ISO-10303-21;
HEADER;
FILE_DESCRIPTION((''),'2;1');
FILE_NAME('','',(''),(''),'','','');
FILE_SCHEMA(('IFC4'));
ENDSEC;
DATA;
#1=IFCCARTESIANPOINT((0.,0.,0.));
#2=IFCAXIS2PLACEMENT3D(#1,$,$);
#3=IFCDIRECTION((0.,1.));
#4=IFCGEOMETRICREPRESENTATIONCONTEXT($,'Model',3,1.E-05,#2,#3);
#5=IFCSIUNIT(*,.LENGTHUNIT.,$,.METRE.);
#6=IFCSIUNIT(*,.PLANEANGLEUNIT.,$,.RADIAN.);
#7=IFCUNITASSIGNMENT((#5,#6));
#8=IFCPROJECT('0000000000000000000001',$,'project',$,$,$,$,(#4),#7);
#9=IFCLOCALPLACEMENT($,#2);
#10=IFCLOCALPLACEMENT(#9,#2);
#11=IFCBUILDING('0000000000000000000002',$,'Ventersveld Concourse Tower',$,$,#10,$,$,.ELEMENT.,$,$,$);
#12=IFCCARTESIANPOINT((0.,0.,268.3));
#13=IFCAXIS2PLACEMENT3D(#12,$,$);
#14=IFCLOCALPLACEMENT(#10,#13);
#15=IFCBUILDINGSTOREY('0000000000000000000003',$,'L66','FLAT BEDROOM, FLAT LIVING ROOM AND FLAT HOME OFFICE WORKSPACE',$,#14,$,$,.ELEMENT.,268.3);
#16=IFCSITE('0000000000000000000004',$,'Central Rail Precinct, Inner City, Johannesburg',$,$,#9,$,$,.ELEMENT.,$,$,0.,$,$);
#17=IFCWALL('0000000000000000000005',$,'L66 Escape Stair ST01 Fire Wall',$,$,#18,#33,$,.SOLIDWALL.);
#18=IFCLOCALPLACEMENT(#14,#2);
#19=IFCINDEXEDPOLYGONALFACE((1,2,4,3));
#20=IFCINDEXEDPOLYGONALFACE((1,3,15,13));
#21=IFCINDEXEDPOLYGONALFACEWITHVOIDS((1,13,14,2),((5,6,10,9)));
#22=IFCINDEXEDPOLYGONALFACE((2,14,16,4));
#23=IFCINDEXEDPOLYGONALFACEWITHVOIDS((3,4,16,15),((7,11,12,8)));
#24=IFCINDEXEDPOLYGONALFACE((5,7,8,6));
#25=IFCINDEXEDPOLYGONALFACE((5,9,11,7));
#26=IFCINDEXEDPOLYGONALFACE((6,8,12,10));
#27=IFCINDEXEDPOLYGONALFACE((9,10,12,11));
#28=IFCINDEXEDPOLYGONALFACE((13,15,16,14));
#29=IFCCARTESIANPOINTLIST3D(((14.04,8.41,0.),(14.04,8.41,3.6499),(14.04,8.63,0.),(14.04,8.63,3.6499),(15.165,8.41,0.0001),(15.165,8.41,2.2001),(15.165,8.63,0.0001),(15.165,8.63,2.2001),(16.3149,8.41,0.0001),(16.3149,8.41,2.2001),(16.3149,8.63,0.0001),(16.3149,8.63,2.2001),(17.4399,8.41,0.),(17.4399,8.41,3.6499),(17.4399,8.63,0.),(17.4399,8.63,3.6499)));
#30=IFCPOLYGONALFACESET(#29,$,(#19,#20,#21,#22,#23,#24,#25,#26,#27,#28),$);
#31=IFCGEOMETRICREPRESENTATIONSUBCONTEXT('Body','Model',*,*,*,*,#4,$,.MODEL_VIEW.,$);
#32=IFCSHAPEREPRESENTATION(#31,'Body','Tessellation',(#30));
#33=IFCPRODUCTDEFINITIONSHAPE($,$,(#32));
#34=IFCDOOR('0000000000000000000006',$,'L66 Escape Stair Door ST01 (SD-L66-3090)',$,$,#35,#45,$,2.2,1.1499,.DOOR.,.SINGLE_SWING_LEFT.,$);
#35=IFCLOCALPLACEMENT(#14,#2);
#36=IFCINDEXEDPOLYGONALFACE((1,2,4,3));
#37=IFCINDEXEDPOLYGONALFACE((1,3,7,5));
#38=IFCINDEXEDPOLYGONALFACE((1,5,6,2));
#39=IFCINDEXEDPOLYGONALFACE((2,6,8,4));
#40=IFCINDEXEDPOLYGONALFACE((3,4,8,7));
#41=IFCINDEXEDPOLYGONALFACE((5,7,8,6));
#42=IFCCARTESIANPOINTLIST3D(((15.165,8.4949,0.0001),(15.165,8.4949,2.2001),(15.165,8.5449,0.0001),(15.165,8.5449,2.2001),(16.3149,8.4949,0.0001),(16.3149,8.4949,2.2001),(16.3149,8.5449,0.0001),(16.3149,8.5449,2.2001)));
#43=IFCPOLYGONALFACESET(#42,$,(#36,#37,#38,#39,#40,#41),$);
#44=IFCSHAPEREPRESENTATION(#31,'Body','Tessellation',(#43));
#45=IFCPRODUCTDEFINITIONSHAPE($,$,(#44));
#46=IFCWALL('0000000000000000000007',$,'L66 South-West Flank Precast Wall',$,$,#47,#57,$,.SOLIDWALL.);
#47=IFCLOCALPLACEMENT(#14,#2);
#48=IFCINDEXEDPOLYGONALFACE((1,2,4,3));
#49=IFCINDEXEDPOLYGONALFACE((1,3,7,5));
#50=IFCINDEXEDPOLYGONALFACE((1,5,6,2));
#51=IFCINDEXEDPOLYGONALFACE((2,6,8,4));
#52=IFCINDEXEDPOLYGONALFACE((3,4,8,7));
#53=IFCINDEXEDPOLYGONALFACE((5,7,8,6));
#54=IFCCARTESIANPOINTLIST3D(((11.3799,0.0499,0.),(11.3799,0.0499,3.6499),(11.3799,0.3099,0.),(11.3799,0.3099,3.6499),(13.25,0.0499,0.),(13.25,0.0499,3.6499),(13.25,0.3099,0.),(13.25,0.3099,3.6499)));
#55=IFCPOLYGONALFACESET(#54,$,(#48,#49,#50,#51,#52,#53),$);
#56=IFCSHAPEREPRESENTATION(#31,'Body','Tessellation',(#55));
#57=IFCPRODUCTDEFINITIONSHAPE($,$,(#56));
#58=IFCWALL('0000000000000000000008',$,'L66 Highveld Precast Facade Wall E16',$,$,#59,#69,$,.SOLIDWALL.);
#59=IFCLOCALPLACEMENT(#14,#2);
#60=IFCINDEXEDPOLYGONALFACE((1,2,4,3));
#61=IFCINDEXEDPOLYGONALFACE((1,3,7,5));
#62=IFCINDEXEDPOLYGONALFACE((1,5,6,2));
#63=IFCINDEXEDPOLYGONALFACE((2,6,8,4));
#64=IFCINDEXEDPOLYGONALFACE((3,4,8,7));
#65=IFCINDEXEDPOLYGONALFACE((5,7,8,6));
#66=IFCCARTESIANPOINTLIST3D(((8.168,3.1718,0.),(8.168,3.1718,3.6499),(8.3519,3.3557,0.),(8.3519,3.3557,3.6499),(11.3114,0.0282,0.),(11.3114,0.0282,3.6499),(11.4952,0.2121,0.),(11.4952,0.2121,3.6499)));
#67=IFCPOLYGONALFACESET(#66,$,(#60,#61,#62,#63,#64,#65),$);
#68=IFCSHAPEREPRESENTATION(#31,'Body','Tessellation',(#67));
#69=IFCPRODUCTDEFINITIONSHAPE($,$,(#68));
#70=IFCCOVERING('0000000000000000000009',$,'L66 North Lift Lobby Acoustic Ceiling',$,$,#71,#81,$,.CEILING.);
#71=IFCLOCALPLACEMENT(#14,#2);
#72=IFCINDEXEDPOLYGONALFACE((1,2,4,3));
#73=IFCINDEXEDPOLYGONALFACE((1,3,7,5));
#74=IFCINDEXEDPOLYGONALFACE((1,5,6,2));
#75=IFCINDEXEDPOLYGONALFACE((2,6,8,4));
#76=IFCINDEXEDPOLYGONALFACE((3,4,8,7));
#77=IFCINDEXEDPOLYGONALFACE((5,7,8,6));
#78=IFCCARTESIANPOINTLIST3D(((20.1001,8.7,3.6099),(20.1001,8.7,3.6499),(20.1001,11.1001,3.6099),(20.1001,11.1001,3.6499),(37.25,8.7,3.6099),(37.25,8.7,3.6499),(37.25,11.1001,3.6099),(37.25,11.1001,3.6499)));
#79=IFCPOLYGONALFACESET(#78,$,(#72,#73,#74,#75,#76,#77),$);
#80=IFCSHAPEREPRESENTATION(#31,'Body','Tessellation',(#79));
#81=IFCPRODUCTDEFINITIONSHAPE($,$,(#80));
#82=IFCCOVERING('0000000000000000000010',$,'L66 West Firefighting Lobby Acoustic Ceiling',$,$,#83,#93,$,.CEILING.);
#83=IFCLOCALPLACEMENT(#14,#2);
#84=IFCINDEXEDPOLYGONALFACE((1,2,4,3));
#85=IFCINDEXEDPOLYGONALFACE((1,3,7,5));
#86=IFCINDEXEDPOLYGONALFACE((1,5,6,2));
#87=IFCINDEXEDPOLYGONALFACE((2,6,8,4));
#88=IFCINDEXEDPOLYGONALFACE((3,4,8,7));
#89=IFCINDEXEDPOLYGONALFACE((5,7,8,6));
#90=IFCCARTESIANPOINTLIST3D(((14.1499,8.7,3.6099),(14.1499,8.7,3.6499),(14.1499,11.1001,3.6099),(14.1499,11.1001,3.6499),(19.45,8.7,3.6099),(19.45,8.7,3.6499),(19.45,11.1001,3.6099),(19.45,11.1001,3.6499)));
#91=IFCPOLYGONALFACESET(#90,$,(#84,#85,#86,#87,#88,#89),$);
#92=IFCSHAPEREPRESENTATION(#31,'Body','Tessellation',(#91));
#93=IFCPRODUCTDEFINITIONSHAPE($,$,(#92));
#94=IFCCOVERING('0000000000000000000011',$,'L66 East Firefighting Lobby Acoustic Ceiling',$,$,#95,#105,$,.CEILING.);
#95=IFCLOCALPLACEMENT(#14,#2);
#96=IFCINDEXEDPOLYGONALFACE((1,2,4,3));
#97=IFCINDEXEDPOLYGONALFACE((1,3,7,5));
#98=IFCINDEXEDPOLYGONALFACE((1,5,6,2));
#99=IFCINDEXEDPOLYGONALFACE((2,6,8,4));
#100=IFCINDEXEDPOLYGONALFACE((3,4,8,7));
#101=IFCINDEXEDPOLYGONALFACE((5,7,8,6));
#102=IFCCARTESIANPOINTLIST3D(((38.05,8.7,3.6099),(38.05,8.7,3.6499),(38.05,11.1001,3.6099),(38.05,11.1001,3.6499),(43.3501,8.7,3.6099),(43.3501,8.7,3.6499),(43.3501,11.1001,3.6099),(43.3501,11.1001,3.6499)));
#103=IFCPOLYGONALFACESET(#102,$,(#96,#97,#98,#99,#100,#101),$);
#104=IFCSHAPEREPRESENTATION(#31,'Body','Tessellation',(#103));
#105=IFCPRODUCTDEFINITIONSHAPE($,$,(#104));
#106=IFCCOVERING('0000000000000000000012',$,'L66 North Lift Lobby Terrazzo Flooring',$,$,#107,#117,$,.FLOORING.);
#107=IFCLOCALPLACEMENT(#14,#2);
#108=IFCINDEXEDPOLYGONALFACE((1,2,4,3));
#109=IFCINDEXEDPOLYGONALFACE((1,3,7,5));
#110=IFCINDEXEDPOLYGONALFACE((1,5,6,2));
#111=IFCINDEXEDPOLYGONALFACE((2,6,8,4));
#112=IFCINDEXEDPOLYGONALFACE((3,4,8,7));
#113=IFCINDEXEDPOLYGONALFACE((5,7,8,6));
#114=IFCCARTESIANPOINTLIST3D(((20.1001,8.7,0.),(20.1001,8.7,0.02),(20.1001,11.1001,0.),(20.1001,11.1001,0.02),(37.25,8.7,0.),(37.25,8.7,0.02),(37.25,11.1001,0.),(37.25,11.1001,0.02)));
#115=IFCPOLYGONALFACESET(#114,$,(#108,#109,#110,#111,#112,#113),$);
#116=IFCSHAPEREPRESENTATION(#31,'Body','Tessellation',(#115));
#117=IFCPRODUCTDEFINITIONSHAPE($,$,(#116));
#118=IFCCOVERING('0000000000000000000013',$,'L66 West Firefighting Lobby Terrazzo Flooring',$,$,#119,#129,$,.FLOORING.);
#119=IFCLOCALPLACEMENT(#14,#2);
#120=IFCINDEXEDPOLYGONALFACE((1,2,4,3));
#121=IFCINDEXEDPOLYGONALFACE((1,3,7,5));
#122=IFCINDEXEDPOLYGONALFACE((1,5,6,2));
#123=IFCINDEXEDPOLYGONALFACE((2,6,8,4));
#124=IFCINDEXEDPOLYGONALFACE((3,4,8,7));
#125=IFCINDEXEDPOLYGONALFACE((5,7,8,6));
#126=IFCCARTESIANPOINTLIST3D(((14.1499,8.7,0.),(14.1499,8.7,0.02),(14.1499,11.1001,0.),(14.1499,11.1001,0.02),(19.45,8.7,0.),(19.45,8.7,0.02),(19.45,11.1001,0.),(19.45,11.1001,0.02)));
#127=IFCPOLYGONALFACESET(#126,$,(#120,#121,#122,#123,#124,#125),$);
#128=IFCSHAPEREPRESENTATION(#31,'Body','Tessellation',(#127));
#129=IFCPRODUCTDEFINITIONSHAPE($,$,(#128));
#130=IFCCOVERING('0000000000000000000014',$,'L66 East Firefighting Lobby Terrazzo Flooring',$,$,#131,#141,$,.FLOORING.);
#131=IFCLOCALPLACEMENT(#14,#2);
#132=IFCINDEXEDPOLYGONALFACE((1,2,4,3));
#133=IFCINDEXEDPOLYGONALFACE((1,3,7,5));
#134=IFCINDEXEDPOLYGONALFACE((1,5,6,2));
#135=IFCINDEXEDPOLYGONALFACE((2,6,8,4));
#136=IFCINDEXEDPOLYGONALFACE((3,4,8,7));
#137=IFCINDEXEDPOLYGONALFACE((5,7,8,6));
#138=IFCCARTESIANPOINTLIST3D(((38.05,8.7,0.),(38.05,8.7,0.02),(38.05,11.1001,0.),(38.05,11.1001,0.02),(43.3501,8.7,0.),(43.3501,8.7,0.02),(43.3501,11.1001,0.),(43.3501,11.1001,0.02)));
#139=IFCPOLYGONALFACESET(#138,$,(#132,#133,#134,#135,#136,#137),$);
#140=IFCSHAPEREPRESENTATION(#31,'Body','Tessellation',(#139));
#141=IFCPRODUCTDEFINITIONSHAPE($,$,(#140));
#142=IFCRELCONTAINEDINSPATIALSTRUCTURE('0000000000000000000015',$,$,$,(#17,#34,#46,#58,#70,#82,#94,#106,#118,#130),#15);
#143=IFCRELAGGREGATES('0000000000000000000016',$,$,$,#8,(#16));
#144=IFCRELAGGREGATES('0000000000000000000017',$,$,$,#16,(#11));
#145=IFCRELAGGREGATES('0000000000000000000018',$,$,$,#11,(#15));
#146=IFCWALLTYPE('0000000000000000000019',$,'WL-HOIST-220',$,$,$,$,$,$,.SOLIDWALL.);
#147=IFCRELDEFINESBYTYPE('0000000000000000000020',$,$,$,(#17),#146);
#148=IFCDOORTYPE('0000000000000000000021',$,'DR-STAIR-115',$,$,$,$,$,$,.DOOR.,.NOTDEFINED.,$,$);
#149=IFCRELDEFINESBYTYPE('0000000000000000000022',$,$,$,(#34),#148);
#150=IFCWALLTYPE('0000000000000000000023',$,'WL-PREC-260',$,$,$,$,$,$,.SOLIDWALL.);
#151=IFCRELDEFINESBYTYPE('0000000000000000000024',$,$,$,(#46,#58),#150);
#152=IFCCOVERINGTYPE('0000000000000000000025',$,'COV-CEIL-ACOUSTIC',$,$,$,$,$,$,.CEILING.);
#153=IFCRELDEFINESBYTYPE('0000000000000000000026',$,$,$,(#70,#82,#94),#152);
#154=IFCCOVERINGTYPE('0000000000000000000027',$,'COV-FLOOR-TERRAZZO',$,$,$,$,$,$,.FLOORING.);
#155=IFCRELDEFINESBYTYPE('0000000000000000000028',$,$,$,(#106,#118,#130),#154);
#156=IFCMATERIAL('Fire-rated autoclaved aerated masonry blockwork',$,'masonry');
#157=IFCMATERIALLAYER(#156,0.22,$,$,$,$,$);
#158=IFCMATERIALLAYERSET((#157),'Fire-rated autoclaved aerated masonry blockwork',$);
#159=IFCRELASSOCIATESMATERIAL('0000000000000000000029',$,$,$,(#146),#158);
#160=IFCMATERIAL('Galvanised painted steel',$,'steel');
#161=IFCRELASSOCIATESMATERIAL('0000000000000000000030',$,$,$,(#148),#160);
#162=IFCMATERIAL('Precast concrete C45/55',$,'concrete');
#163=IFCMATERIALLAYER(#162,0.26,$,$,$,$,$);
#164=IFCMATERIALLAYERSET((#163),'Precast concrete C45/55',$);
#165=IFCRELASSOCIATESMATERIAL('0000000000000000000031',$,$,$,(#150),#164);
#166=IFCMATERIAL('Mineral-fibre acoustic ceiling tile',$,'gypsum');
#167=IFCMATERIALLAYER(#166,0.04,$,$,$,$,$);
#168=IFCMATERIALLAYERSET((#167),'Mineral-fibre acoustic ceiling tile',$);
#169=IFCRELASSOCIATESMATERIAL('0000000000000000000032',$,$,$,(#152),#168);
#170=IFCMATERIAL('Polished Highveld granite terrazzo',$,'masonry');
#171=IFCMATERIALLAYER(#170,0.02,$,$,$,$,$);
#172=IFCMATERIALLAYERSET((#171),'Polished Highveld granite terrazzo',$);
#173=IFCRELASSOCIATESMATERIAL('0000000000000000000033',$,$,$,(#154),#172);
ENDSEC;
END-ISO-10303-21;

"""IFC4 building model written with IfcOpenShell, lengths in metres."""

from ifc_helpers import new_model, si_unit, direction, frame, frame_2d, origin, place, context, subcontext, project, spatial, polyline, rectangle, outline, extrude, material, layer, layer_set, type_object, element, fill, save


model = new_model("IFC4")

# Units and contexts
model_context = context("Model", 3, precision=1e-05, world=origin(), true_north=direction((0.0, 1.0)))
body_context = subcontext(model_context, "Body", "Model", "MODEL_VIEW")
ifc_project = project(units=[si_unit("LENGTHUNIT", "METRE"), si_unit("PLANEANGLEUNIT", "RADIAN")], contexts=[model_context])

# Site, building, storey
site_placement = place(None, origin())
site = spatial("IfcSite", under=ifc_project, at=site_placement, Name="Central Rail Precinct, Inner City, Johannesburg", CompositionType="ELEMENT", RefElevation=0.0)
building_placement = place(site_placement, origin())
building = spatial("IfcBuilding", under=site, at=building_placement, Name="Ventersveld Concourse Tower", CompositionType="ELEMENT")
storey_placement = place(building_placement, frame((0.0, 0.0, 268.3)))
storey = spatial("IfcBuildingStorey", under=building, at=storey_placement, Name="L66", Description="FLAT BEDROOM, FLAT LIVING ROOM AND FLAT HOME OFFICE WORKSPACE", CompositionType="ELEMENT", Elevation=268.3)

# Wall, opening, door
ifc_material_1 = material(Name="Fire-rated autoclaved aerated masonry blockwork", Category="masonry")
ifc_layer_1 = layer(ifc_material_1, 0.22)
ifc_layer_set_1 = layer_set([ifc_layer_1], Name="Fire-rated autoclaved aerated masonry blockwork")
wall_type_1 = type_object("IfcWallType", Name="WL-HOIST-220", PredefinedType="SOLIDWALL", material=ifc_layer_set_1)
wall_1_placement = place(storey_placement, frame((14.04, 8.52, 0.0), z_axis=(0.0, 0.0, 1.0), x_axis=(1.0, 0.0, 0.0)))
wall_1 = element("IfcWall", 1, at=wall_1_placement, inside=storey, type_object=wall_type_1, Name="L66 Escape Stair ST01 Fire Wall", PredefinedType="SOLIDWALL", context=body_context, shape_type="SweptSolid", body=[
    extrude(rectangle(XDim=3.3999, YDim=0.22, at=frame_2d((1.7, 0.0))), origin(), (0.0, 0.0, 1.0), 3.6499),
])
opening_placement = place(wall_1_placement, frame((1.125, 0.0, 0.0)))
opening = element("IfcOpeningElement", 2, at=opening_placement, cuts=wall_1, PredefinedType="OPENING", context=body_context, shape_type="SweptSolid", body=[
    extrude(rectangle(XDim=1.1499, YDim=2.2, at=frame_2d((0.575, 1.1001))), frame((0.0, 0.1201, 0.0), z_axis=(0.0, -1.0, 0.0), x_axis=(1.0, 0.0, 0.0)), (0.0, 0.0, 1.0), 0.24),
])
ifc_material_2 = material(Name="Galvanised painted steel", Category="steel")
door_type = type_object("IfcDoorType", Name="DR-STAIR-115", OperationType="NOTDEFINED", PredefinedType="DOOR", material=ifc_material_2)
door_placement = place(opening_placement, origin())
door = element("IfcDoor", 3, at=door_placement, inside=storey, type_object=door_type, Name="L66 Escape Stair Door ST01 (SD-L66-3090)", OperationType="SINGLE_SWING_LEFT", OverallHeight=2.2, OverallWidth=1.1499, PredefinedType="DOOR", context=body_context, shape_type="SweptSolid", body=[
    extrude(rectangle(XDim=1.1499, YDim=2.2, at=frame_2d((0.575, 1.1001))), frame((0.0, 0.0249, 0.0), z_axis=(0.0, -1.0, 0.0), x_axis=(1.0, 0.0, 0.0)), (0.0, 0.0, 1.0), 0.05),
])
fill(opening, door)

# Walls
ifc_material_3 = material(Name="Precast concrete C45/55", Category="concrete")
ifc_layer_2 = layer(ifc_material_3, 0.26)
ifc_layer_set_2 = layer_set([ifc_layer_2], Name="Precast concrete C45/55")
wall_type_2 = type_object("IfcWallType", Name="WL-PREC-260", PredefinedType="SOLIDWALL", material=ifc_layer_set_2)
wall_2_placement = place(storey_placement, frame((11.3799, 0.1799, 0.0), z_axis=(0.0, 0.0, 1.0), x_axis=(1.0, 0.0, 0.0)))
element("IfcWall", 4, at=wall_2_placement, inside=storey, type_object=wall_type_2, Name="L66 South-West Flank Precast Wall", PredefinedType="SOLIDWALL", context=body_context, shape_type="SweptSolid", body=[
    extrude(rectangle(XDim=1.8701, YDim=0.26, at=frame_2d((0.9351, 0.0))), origin(), (0.0, 0.0, 1.0), 3.6499),
])
wall_3_placement = place(storey_placement, frame((8.26, 3.2637, 0.0), z_axis=(0.0, 0.0, 1.0), x_axis=(0.707079, -0.707134, 0.0)))
element("IfcWall", 5, at=wall_3_placement, inside=storey, type_object=wall_type_2, Name="L66 Highveld Precast Facade Wall E16", PredefinedType="SOLIDWALL", context=body_context, shape_type="SweptSolid", body=[
    extrude(rectangle(XDim=4.4456, YDim=0.26, at=frame_2d((2.2227, 0.0))), origin(), (0.0, 0.0, 1.0), 3.6499),
])

# Coverings
ifc_material_4 = material(Name="Mineral-fibre acoustic ceiling tile", Category="gypsum")
ifc_layer_3 = layer(ifc_material_4, 0.04)
ifc_layer_set_3 = layer_set([ifc_layer_3], Name="Mineral-fibre acoustic ceiling tile")
covering_type_1 = type_object("IfcCoveringType", Name="COV-CEIL-ACOUSTIC", PredefinedType="CEILING", material=ifc_layer_set_3)
covering_1_placement = place(storey_placement, frame((0.0, 0.0, 3.6099)))
element("IfcCovering", 6, at=covering_1_placement, inside=storey, type_object=covering_type_1, Name="L66 North Lift Lobby Acoustic Ceiling", PredefinedType="CEILING", context=body_context, shape_type="SweptSolid", body=[
    extrude(outline(polyline([(20.1001, 8.7), (37.25, 8.7), (37.25, 11.1001), (20.1001, 11.1001), (20.1001, 8.7)])), origin(), (0.0, 0.0, 1.0), 0.04),
])
covering_2_placement = place(storey_placement, frame((0.0, 0.0, 3.6099)))
element("IfcCovering", 7, at=covering_2_placement, inside=storey, type_object=covering_type_1, Name="L66 West Firefighting Lobby Acoustic Ceiling", PredefinedType="CEILING", context=body_context, shape_type="SweptSolid", body=[
    extrude(outline(polyline([(14.1499, 8.7), (19.45, 8.7), (19.45, 11.1001), (14.1499, 11.1001), (14.1499, 8.7)])), origin(), (0.0, 0.0, 1.0), 0.04),
])
covering_3_placement = place(storey_placement, frame((0.0, 0.0, 3.6099)))
element("IfcCovering", 8, at=covering_3_placement, inside=storey, type_object=covering_type_1, Name="L66 East Firefighting Lobby Acoustic Ceiling", PredefinedType="CEILING", context=body_context, shape_type="SweptSolid", body=[
    extrude(outline(polyline([(38.05, 8.7), (43.3501, 8.7), (43.3501, 11.1001), (38.05, 11.1001), (38.05, 8.7)])), origin(), (0.0, 0.0, 1.0), 0.04),
])
ifc_material_5 = material(Name="Polished Highveld granite terrazzo", Category="masonry")
ifc_layer_4 = layer(ifc_material_5, 0.02)
ifc_layer_set_4 = layer_set([ifc_layer_4], Name="Polished Highveld granite terrazzo")
covering_type_2 = type_object("IfcCoveringType", Name="COV-FLOOR-TERRAZZO", PredefinedType="FLOORING", material=ifc_layer_set_4)
covering_4_placement = place(storey_placement, origin())
element("IfcCovering", 9, at=covering_4_placement, inside=storey, type_object=covering_type_2, Name="L66 North Lift Lobby Terrazzo Flooring", PredefinedType="FLOORING", context=body_context, shape_type="SweptSolid", body=[
    extrude(outline(polyline([(20.1001, 8.7), (37.25, 8.7), (37.25, 11.1001), (20.1001, 11.1001), (20.1001, 8.7)])), origin(), (0.0, 0.0, 1.0), 0.02),
])
covering_5_placement = place(storey_placement, origin())
element("IfcCovering", 10, at=covering_5_placement, inside=storey, type_object=covering_type_2, Name="L66 West Firefighting Lobby Terrazzo Flooring", PredefinedType="FLOORING", context=body_context, shape_type="SweptSolid", body=[
    extrude(outline(polyline([(14.1499, 8.7), (19.45, 8.7), (19.45, 11.1001), (14.1499, 11.1001), (14.1499, 8.7)])), origin(), (0.0, 0.0, 1.0), 0.02),
])
covering_6_placement = place(storey_placement, origin())
element("IfcCovering", 11, at=covering_6_placement, inside=storey, type_object=covering_type_2, Name="L66 East Firefighting Lobby Terrazzo Flooring", PredefinedType="FLOORING", context=body_context, shape_type="SweptSolid", body=[
    extrude(outline(polyline([(38.05, 8.7), (43.3501, 8.7), (43.3501, 11.1001), (38.05, 11.1001), (38.05, 8.7)])), origin(), (0.0, 0.0, 1.0), 0.02),
])

save(model, "model.ifc")
